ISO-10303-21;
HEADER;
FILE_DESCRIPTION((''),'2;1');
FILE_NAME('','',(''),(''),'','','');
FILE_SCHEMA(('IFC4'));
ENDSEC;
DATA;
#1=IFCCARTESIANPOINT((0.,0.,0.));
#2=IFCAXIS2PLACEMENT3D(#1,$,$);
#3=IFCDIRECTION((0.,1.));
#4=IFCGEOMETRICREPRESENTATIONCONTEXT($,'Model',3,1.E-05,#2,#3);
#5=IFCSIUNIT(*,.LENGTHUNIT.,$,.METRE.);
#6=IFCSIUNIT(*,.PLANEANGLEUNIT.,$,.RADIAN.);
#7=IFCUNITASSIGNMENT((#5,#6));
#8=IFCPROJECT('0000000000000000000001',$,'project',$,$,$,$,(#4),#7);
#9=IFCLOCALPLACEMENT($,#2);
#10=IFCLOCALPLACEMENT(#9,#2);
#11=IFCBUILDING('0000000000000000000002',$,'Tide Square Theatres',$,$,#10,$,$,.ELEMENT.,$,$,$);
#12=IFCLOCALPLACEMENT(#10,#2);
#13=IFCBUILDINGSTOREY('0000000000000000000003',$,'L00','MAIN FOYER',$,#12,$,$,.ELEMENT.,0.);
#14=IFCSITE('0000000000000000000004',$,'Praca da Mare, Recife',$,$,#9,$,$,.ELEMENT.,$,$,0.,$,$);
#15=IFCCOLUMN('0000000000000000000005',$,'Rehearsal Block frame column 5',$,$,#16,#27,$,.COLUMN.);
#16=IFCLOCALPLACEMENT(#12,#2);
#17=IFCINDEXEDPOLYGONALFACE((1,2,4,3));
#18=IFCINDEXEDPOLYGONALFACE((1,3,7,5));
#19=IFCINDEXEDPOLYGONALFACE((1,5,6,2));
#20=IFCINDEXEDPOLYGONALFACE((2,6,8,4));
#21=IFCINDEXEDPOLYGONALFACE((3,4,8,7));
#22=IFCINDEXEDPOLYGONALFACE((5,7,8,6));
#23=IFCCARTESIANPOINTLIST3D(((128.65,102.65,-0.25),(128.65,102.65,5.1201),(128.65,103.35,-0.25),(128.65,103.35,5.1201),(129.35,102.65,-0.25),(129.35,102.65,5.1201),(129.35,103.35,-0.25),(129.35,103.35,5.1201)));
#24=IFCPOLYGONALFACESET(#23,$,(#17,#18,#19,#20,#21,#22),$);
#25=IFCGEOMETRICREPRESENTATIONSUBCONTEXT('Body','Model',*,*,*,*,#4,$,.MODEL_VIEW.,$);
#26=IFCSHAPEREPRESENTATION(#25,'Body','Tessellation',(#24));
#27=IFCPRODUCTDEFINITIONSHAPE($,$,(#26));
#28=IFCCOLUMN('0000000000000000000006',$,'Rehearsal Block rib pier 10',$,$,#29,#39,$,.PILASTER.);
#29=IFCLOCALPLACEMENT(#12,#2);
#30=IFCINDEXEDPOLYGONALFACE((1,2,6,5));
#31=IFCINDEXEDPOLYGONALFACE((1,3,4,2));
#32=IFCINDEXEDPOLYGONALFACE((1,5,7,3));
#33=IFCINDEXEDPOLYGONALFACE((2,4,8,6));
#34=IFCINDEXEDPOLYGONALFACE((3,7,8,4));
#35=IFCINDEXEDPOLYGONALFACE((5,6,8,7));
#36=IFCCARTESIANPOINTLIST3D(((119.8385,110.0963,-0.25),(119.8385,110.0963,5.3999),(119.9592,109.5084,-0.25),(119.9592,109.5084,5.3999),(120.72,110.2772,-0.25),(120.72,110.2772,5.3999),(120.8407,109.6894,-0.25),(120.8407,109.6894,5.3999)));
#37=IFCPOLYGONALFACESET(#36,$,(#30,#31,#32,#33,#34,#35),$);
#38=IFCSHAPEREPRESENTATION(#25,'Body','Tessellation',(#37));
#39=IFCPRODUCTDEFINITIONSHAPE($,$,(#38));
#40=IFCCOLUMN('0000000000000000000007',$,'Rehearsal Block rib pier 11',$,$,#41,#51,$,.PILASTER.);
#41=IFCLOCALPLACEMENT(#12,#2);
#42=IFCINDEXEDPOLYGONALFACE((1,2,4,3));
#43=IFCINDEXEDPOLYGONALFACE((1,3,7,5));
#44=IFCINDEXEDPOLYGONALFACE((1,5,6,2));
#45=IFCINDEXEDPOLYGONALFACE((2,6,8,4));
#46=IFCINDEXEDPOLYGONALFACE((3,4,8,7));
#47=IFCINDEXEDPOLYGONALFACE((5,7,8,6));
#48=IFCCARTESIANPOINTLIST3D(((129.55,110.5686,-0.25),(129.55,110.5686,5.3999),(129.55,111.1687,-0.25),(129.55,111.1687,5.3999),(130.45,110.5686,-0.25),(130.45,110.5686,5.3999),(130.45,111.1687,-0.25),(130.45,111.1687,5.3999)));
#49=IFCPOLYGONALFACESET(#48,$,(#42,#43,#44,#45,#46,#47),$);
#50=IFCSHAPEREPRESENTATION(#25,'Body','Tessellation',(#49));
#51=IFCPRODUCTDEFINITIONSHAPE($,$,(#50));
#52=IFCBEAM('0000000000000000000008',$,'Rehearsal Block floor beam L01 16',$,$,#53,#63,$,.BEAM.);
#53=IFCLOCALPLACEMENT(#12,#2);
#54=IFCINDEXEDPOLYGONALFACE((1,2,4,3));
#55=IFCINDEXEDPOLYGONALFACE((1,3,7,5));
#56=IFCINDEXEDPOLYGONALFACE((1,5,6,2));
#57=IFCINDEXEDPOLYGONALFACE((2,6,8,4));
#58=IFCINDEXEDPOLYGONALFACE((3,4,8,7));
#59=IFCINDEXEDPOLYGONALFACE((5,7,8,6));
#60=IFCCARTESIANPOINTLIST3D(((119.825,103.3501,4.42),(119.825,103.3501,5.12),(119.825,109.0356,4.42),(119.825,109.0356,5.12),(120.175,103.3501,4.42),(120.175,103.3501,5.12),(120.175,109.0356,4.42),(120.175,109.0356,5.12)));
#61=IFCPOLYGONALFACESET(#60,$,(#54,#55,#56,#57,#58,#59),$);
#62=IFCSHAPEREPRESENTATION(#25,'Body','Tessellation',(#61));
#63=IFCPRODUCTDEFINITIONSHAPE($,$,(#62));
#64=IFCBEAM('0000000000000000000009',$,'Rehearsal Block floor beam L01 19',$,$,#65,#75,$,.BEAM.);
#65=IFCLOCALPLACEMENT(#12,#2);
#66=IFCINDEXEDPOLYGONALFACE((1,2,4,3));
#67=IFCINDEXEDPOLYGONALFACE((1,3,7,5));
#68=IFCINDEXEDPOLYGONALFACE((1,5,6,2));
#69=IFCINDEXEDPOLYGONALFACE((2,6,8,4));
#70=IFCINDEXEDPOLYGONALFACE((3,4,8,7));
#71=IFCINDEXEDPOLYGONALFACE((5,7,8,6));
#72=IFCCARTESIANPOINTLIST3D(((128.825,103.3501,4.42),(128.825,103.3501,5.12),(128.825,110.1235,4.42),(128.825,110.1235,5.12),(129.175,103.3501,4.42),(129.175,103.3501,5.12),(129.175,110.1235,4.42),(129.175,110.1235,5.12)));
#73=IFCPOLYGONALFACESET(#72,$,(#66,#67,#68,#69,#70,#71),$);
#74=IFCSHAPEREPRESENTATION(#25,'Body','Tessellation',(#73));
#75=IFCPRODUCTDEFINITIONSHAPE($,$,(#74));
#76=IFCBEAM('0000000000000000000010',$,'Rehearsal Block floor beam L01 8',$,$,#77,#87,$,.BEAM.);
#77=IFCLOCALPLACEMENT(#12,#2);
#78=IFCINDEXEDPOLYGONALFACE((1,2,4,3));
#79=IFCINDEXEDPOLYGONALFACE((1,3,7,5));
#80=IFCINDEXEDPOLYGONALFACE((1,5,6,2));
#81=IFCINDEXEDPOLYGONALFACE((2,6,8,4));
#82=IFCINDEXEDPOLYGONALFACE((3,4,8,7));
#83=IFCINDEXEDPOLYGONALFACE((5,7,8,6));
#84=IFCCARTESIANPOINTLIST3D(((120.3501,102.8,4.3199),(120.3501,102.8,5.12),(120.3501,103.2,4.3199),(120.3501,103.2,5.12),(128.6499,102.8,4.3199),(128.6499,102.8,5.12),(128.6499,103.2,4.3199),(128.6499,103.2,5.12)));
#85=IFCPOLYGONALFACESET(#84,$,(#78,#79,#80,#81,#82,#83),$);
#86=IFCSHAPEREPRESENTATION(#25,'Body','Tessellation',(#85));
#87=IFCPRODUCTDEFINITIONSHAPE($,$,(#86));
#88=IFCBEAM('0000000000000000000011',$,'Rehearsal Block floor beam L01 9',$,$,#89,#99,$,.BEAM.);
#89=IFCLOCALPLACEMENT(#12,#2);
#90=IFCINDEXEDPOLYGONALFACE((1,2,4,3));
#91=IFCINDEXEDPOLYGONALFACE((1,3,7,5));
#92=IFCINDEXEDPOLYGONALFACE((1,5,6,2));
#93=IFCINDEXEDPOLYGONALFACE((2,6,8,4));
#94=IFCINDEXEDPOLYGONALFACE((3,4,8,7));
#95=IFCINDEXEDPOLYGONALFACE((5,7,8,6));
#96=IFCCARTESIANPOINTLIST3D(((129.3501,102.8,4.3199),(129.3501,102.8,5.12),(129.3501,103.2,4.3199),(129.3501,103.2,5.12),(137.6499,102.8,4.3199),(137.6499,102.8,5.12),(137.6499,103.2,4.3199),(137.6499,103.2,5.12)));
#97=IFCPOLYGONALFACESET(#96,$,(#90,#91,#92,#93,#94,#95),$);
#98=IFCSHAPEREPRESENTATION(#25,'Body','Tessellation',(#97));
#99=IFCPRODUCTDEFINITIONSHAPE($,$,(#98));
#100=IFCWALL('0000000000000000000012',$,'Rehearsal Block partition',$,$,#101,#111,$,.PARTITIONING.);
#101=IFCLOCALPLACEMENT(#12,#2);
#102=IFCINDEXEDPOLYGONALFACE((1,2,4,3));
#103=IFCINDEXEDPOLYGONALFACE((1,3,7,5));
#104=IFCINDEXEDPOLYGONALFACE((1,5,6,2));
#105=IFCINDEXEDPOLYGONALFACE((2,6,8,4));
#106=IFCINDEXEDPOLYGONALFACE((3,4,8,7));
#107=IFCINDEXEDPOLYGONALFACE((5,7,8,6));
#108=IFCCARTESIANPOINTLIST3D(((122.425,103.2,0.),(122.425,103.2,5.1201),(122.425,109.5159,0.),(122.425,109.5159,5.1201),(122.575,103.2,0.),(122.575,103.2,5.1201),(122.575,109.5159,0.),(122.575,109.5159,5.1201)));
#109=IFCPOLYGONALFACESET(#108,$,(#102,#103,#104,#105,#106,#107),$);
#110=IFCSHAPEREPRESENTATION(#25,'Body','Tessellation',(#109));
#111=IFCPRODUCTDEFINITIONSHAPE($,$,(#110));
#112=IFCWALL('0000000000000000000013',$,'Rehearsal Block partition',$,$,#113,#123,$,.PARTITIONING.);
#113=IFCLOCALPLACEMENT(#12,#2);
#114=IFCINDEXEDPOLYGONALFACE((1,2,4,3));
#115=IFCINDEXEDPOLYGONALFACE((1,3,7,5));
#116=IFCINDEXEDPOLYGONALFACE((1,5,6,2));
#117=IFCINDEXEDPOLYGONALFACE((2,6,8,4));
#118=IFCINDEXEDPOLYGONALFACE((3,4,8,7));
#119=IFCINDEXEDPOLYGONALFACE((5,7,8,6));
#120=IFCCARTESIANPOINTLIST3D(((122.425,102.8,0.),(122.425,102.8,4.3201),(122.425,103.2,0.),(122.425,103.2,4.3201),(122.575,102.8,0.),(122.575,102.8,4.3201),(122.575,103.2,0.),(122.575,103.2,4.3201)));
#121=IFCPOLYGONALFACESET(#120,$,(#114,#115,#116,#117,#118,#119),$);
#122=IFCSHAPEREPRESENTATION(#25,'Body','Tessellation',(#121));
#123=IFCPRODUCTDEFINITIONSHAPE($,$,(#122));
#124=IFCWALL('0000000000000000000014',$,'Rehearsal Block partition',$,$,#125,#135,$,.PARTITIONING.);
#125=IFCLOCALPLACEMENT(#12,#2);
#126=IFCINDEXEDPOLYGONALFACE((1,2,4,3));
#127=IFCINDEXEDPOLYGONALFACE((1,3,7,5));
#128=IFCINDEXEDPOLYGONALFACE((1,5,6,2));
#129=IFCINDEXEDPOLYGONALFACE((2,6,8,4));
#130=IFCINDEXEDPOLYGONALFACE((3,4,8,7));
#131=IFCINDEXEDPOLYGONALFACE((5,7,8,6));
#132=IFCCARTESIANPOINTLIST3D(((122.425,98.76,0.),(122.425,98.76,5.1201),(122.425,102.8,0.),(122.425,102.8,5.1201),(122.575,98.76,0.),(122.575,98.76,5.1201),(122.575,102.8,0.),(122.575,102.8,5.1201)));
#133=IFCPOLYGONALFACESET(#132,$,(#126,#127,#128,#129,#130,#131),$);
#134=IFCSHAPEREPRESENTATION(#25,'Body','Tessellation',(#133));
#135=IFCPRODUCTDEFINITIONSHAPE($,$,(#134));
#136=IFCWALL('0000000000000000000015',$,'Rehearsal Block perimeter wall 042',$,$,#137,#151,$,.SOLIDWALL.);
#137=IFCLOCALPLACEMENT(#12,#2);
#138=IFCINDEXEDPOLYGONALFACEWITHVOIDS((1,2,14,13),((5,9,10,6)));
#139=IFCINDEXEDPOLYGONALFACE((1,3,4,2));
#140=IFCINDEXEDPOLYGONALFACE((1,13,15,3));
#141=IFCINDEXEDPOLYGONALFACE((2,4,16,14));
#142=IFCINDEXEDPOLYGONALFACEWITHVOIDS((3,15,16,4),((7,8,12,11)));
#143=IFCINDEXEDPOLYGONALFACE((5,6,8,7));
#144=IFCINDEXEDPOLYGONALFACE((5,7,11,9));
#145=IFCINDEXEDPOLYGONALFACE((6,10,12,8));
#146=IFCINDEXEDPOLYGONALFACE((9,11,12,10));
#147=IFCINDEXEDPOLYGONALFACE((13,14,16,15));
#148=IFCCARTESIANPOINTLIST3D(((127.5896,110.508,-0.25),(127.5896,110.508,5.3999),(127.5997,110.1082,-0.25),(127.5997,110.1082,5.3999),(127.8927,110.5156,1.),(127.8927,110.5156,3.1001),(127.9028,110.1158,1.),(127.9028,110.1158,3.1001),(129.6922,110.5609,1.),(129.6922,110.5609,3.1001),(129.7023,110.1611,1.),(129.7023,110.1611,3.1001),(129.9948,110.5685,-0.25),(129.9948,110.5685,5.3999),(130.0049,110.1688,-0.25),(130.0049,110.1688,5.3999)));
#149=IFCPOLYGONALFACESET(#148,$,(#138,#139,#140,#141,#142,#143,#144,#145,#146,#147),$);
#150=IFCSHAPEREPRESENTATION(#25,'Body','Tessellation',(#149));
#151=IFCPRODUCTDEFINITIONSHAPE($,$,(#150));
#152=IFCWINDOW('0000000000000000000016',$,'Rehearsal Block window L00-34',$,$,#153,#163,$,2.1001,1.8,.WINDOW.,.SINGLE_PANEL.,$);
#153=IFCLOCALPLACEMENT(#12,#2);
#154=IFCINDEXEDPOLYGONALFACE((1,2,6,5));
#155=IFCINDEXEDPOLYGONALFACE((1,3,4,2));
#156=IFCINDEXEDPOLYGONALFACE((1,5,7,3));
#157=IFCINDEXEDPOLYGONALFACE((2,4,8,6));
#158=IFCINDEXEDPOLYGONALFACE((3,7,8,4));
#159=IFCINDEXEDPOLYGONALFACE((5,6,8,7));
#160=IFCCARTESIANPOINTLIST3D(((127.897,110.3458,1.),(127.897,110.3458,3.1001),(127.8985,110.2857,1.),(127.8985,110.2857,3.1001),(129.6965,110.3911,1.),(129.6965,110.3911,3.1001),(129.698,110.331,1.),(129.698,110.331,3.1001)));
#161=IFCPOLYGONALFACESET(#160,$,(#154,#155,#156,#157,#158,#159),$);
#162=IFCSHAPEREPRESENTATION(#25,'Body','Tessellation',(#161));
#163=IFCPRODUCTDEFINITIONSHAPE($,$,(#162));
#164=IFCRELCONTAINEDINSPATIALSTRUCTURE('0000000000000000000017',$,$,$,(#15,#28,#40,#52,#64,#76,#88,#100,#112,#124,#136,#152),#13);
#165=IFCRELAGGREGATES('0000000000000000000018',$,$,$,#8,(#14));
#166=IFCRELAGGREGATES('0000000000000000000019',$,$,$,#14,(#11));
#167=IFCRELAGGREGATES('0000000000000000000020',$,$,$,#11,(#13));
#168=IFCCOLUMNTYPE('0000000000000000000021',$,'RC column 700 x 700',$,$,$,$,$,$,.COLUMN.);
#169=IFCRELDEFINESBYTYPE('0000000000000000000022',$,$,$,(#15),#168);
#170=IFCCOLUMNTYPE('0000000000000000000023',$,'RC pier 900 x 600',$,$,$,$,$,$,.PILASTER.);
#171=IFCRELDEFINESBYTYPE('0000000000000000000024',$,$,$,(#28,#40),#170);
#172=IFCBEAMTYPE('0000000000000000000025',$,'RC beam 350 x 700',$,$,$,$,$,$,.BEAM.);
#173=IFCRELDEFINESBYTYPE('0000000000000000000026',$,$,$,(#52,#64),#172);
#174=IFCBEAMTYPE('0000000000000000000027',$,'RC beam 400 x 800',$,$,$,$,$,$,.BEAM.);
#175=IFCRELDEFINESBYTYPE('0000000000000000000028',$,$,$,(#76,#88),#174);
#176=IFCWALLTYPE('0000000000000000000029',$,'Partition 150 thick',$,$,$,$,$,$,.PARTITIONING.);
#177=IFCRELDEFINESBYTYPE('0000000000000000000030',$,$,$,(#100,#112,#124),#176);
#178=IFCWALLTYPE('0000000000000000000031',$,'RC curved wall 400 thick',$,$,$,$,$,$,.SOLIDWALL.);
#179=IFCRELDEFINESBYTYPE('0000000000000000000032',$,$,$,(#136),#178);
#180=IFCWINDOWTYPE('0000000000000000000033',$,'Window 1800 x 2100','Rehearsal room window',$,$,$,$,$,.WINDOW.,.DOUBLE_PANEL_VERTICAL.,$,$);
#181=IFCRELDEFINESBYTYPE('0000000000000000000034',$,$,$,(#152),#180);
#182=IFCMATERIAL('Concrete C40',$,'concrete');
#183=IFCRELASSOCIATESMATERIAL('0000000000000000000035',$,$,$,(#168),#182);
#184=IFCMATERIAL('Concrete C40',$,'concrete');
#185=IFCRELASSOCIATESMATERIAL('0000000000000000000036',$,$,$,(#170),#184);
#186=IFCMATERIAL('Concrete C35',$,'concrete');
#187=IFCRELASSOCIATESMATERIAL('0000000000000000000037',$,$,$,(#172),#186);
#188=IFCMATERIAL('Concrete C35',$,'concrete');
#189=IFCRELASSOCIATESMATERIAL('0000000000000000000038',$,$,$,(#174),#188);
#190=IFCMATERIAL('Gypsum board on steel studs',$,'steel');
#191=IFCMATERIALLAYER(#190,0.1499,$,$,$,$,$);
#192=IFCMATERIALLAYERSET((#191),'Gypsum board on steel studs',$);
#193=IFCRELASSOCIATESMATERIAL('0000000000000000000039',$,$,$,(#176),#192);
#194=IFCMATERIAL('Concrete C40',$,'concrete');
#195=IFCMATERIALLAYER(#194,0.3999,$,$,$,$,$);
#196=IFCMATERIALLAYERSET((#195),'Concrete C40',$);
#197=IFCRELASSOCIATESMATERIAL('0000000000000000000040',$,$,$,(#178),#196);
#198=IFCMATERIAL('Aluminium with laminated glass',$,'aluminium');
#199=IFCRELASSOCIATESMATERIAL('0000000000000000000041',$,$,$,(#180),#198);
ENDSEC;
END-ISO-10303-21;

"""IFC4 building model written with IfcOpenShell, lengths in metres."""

from ifc_helpers import new_model, si_unit, direction, frame, frame_2d, origin, origin_2d, place, context, subcontext, project, spatial, rectangle, extrude, material, layer, layer_set, material_profile, profile_set, type_object, element, fill, save


model = new_model("IFC4")

# Units and contexts
model_context = context("Model", 3, precision=1e-05, world=origin(), true_north=direction((0.0, 1.0)))
body_context = subcontext(model_context, "Body", "Model", "MODEL_VIEW")
ifc_project = project(units=[si_unit("LENGTHUNIT", "METRE"), si_unit("PLANEANGLEUNIT", "RADIAN")], contexts=[model_context])

# Site, building, storey
site_placement = place(None, origin())
site = spatial("IfcSite", under=ifc_project, at=site_placement, Name="Praca da Mare, Recife", CompositionType="ELEMENT", RefElevation=0.0)
building_placement = place(site_placement, origin())
building = spatial("IfcBuilding", under=site, at=building_placement, Name="Tide Square Theatres", CompositionType="ELEMENT")
storey_placement = place(building_placement, origin())
storey = spatial("IfcBuildingStorey", under=building, at=storey_placement, Name="L00", Description="MAIN FOYER", CompositionType="ELEMENT", Elevation=0.0)

# Columns
ifc_material_1 = material(Name="Concrete C40", Category="concrete")
ifc_material_profile_1 = material_profile(ifc_material_1, rectangle(XDim=0.7, YDim=0.7, at=origin_2d()))
ifc_profile_set_1 = profile_set([ifc_material_profile_1], Name="Concrete C40")
column_type_1 = type_object("IfcColumnType", Name="RC column 700 x 700", PredefinedType="COLUMN", material=ifc_profile_set_1)
for number, where, z_axis, x_axis, name in (
    (1, (129.0, 103.0, -0.25), (0.0, 0.0, 1.0), (1.0, 0.0, 0.0), "Rehearsal Block frame column 5"),
):
    element("IfcColumn", number, at=place(storey_placement, frame(where, z_axis=z_axis, x_axis=x_axis)), inside=storey, type_object=column_type_1, Name=name, PredefinedType="COLUMN", context=body_context, shape_type="SweptSolid", body=[
        extrude(rectangle(XDim=0.7, YDim=0.7, at=origin_2d()), origin(), (0.0, 0.0, 1.0), 5.3701),
    ])
ifc_material_2 = material(Name="Concrete C40", Category="concrete")
ifc_material_profile_2 = material_profile(ifc_material_2, rectangle(XDim=0.8999, YDim=0.6001, at=origin_2d()))
ifc_profile_set_2 = profile_set([ifc_material_profile_2], Name="Concrete C40")
column_type_2 = type_object("IfcColumnType", Name="RC pier 900 x 600", PredefinedType="PILASTER", material=ifc_profile_set_2)
for number, where, z_axis, x_axis, name in (
    (2, (120.3396, 109.8928, -0.25), (0.0, 0.0, 1.0), (-0.979575, -0.201079, 0.0), "Rehearsal Block rib pier 10"),
    (3, (130.0, 110.8687, -0.25), (0.0, 0.0, 1.0), (-1.0, 0.0, 0.0), "Rehearsal Block rib pier 11"),
):
    element("IfcColumn", number, at=place(storey_placement, frame(where, z_axis=z_axis, x_axis=x_axis)), inside=storey, type_object=column_type_2, Name=name, PredefinedType="PILASTER", context=body_context, shape_type="SweptSolid", body=[
        extrude(rectangle(XDim=0.8999, YDim=0.6001, at=origin_2d()), origin(), (0.0, 0.0, 1.0), 5.6499),
    ])

# Beams
ifc_material_3 = material(Name="Concrete C35", Category="concrete")
ifc_material_profile_3 = material_profile(ifc_material_3, rectangle(XDim=0.3501, YDim=0.7, at=origin_2d()))
ifc_profile_set_3 = profile_set([ifc_material_profile_3], Name="Concrete C35")
beam_type_1 = type_object("IfcBeamType", Name="RC beam 350 x 700", PredefinedType="BEAM", material=ifc_profile_set_3)
beam_1_placement = place(storey_placement, frame((120.0, 103.3501, 4.77), z_axis=(0.0, 1.0, 0.0), x_axis=(-1.0, 0.0, 0.0)))
element("IfcBeam", 4, at=beam_1_placement, inside=storey, type_object=beam_type_1, Name="Rehearsal Block floor beam L01 16", PredefinedType="BEAM", context=body_context, shape_type="SweptSolid", body=[
    extrude(rectangle(XDim=0.3501, YDim=0.7, at=origin_2d()), origin(), (0.0, 0.0, 1.0), 5.6855),
])
beam_2_placement = place(storey_placement, frame((129.0, 103.3501, 4.77), z_axis=(0.0, 1.0, 0.0), x_axis=(-1.0, 0.0, 0.0)))
element("IfcBeam", 5, at=beam_2_placement, inside=storey, type_object=beam_type_1, Name="Rehearsal Block floor beam L01 19", PredefinedType="BEAM", context=body_context, shape_type="SweptSolid", body=[
    extrude(rectangle(XDim=0.3501, YDim=0.7, at=origin_2d()), origin(), (0.0, 0.0, 1.0), 6.7734),
])
ifc_material_4 = material(Name="Concrete C35", Category="concrete")
ifc_material_profile_4 = material_profile(ifc_material_4, rectangle(XDim=0.3999, YDim=0.8, at=origin_2d()))
ifc_profile_set_4 = profile_set([ifc_material_profile_4], Name="Concrete C35")
beam_type_2 = type_object("IfcBeamType", Name="RC beam 400 x 800", PredefinedType="BEAM", material=ifc_profile_set_4)
for number, where, z_axis, x_axis, name in (
    (6, (120.3501, 103.0, 4.72), (1.0, 0.0, 0.0), (0.0, 1.0, 0.0), "Rehearsal Block floor beam L01 8"),
    (7, (129.3501, 103.0, 4.72), (1.0, 0.0, 0.0), (0.0, 1.0, 0.0), "Rehearsal Block floor beam L01 9"),
):
    element("IfcBeam", number, at=place(storey_placement, frame(where, z_axis=z_axis, x_axis=x_axis)), inside=storey, type_object=beam_type_2, Name=name, PredefinedType="BEAM", context=body_context, shape_type="SweptSolid", body=[
        extrude(rectangle(XDim=0.3999, YDim=0.8, at=origin_2d()), origin(), (0.0, 0.0, 1.0), 8.2998),
    ])

# Walls
ifc_material_5 = material(Name="Gypsum board on steel studs", Category="steel")
ifc_layer_1 = layer(ifc_material_5, 0.1499)
ifc_layer_set_1 = layer_set([ifc_layer_1], Name="Gypsum board on steel studs")
wall_type_1 = type_object("IfcWallType", Name="Partition 150 thick", PredefinedType="PARTITIONING", material=ifc_layer_set_1)
wall_1_placement = place(storey_placement, frame((122.5, 109.5159, 0.0), z_axis=(0.0, 0.0, 1.0), x_axis=(0.0, -1.0, 0.0)))
element("IfcWall", 8, at=wall_1_placement, inside=storey, type_object=wall_type_1, Name="Rehearsal Block partition", PredefinedType="PARTITIONING", context=body_context, shape_type="SweptSolid", body=[
    extrude(rectangle(XDim=6.3159, YDim=0.1499, at=frame_2d((3.158, 0.0))), origin(), (0.0, 0.0, 1.0), 5.1201),
])
wall_2_placement = place(storey_placement, frame((122.5, 103.2, 0.0), z_axis=(0.0, 0.0, 1.0), x_axis=(0.0, -1.0, 0.0)))
element("IfcWall", 9, at=wall_2_placement, inside=storey, type_object=wall_type_1, Name="Rehearsal Block partition", PredefinedType="PARTITIONING", context=body_context, shape_type="SweptSolid", body=[
    extrude(rectangle(XDim=0.3999, YDim=0.1499, at=frame_2d((0.2, 0.0))), origin(), (0.0, 0.0, 1.0), 4.3201),
])
wall_3_placement = place(storey_placement, frame((122.5, 102.8, 0.0), z_axis=(0.0, 0.0, 1.0), x_axis=(0.0, -1.0, 0.0)))
element("IfcWall", 10, at=wall_3_placement, inside=storey, type_object=wall_type_1, Name="Rehearsal Block partition", PredefinedType="PARTITIONING", context=body_context, shape_type="SweptSolid", body=[
    extrude(rectangle(XDim=4.04, YDim=0.1499, at=frame_2d((2.02, 0.0))), origin(), (0.0, 0.0, 1.0), 5.1201),
])

# Wall, opening, window
ifc_material_6 = material(Name="Concrete C40", Category="concrete")
ifc_layer_2 = layer(ifc_material_6, 0.3999)
ifc_layer_set_2 = layer_set([ifc_layer_2], Name="Concrete C40")
wall_type_2 = type_object("IfcWallType", Name="RC curved wall 400 thick", PredefinedType="SOLIDWALL", material=ifc_layer_set_2)
wall_4_placement = place(storey_placement, frame((130.0, 110.3687, -0.25), z_axis=(0.0, 0.0, 1.0), x_axis=(-0.999683, -0.025165, 0.0)))
wall_4 = element("IfcWall", 11, at=wall_4_placement, inside=storey, type_object=wall_type_2, Name="Rehearsal Block perimeter wall 042", PredefinedType="SOLIDWALL", context=body_context, shape_type="SweptSolid", body=[
    extrude(rectangle(XDim=2.406, YDim=0.3999, at=frame_2d((1.2031, 0.0))), origin(), (0.0, 0.0, 1.0), 5.6499),
])
opening_1_placement = place(wall_4_placement, frame((0.303, 0.0, 1.25)))
opening_1 = element("IfcOpeningElement", 12, at=opening_1_placement, cuts=wall_4, PredefinedType="OPENING", context=body_context, shape_type="SweptSolid", body=[
    extrude(rectangle(XDim=1.8, YDim=2.1001, at=frame_2d((0.8999, 1.05))), frame((0.0, 0.21, 0.0), z_axis=(0.0, -1.0, 0.0), x_axis=(1.0, 0.0, 0.0)), (0.0, 0.0, 1.0), 0.4199),
])
ifc_material_7 = material(Name="Aluminium with laminated glass", Category="aluminium")
window_type_1 = type_object("IfcWindowType", Name="Window 1800 x 2100", Description="Rehearsal room window", PartitioningType="DOUBLE_PANEL_VERTICAL", PredefinedType="WINDOW", material=ifc_material_7)
window_1_placement = place(opening_1_placement, origin())
window_1 = element("IfcWindow", 13, at=window_1_placement, inside=storey, type_object=window_type_1, Name="Rehearsal Block window L00-34", OverallHeight=2.1001, OverallWidth=1.8, PartitioningType="SINGLE_PANEL", PredefinedType="WINDOW", context=body_context, shape_type="SweptSolid", body=[
    extrude(rectangle(XDim=1.8, YDim=2.1001, at=frame_2d((0.8999, 1.05))), frame((0.0, 0.03, 0.0), z_axis=(0.0, -1.0, 0.0), x_axis=(1.0, 0.0, 0.0)), (0.0, 0.0, 1.0), 0.0601),
])
fill(opening_1, window_1)

save(model, "model.ifc")
